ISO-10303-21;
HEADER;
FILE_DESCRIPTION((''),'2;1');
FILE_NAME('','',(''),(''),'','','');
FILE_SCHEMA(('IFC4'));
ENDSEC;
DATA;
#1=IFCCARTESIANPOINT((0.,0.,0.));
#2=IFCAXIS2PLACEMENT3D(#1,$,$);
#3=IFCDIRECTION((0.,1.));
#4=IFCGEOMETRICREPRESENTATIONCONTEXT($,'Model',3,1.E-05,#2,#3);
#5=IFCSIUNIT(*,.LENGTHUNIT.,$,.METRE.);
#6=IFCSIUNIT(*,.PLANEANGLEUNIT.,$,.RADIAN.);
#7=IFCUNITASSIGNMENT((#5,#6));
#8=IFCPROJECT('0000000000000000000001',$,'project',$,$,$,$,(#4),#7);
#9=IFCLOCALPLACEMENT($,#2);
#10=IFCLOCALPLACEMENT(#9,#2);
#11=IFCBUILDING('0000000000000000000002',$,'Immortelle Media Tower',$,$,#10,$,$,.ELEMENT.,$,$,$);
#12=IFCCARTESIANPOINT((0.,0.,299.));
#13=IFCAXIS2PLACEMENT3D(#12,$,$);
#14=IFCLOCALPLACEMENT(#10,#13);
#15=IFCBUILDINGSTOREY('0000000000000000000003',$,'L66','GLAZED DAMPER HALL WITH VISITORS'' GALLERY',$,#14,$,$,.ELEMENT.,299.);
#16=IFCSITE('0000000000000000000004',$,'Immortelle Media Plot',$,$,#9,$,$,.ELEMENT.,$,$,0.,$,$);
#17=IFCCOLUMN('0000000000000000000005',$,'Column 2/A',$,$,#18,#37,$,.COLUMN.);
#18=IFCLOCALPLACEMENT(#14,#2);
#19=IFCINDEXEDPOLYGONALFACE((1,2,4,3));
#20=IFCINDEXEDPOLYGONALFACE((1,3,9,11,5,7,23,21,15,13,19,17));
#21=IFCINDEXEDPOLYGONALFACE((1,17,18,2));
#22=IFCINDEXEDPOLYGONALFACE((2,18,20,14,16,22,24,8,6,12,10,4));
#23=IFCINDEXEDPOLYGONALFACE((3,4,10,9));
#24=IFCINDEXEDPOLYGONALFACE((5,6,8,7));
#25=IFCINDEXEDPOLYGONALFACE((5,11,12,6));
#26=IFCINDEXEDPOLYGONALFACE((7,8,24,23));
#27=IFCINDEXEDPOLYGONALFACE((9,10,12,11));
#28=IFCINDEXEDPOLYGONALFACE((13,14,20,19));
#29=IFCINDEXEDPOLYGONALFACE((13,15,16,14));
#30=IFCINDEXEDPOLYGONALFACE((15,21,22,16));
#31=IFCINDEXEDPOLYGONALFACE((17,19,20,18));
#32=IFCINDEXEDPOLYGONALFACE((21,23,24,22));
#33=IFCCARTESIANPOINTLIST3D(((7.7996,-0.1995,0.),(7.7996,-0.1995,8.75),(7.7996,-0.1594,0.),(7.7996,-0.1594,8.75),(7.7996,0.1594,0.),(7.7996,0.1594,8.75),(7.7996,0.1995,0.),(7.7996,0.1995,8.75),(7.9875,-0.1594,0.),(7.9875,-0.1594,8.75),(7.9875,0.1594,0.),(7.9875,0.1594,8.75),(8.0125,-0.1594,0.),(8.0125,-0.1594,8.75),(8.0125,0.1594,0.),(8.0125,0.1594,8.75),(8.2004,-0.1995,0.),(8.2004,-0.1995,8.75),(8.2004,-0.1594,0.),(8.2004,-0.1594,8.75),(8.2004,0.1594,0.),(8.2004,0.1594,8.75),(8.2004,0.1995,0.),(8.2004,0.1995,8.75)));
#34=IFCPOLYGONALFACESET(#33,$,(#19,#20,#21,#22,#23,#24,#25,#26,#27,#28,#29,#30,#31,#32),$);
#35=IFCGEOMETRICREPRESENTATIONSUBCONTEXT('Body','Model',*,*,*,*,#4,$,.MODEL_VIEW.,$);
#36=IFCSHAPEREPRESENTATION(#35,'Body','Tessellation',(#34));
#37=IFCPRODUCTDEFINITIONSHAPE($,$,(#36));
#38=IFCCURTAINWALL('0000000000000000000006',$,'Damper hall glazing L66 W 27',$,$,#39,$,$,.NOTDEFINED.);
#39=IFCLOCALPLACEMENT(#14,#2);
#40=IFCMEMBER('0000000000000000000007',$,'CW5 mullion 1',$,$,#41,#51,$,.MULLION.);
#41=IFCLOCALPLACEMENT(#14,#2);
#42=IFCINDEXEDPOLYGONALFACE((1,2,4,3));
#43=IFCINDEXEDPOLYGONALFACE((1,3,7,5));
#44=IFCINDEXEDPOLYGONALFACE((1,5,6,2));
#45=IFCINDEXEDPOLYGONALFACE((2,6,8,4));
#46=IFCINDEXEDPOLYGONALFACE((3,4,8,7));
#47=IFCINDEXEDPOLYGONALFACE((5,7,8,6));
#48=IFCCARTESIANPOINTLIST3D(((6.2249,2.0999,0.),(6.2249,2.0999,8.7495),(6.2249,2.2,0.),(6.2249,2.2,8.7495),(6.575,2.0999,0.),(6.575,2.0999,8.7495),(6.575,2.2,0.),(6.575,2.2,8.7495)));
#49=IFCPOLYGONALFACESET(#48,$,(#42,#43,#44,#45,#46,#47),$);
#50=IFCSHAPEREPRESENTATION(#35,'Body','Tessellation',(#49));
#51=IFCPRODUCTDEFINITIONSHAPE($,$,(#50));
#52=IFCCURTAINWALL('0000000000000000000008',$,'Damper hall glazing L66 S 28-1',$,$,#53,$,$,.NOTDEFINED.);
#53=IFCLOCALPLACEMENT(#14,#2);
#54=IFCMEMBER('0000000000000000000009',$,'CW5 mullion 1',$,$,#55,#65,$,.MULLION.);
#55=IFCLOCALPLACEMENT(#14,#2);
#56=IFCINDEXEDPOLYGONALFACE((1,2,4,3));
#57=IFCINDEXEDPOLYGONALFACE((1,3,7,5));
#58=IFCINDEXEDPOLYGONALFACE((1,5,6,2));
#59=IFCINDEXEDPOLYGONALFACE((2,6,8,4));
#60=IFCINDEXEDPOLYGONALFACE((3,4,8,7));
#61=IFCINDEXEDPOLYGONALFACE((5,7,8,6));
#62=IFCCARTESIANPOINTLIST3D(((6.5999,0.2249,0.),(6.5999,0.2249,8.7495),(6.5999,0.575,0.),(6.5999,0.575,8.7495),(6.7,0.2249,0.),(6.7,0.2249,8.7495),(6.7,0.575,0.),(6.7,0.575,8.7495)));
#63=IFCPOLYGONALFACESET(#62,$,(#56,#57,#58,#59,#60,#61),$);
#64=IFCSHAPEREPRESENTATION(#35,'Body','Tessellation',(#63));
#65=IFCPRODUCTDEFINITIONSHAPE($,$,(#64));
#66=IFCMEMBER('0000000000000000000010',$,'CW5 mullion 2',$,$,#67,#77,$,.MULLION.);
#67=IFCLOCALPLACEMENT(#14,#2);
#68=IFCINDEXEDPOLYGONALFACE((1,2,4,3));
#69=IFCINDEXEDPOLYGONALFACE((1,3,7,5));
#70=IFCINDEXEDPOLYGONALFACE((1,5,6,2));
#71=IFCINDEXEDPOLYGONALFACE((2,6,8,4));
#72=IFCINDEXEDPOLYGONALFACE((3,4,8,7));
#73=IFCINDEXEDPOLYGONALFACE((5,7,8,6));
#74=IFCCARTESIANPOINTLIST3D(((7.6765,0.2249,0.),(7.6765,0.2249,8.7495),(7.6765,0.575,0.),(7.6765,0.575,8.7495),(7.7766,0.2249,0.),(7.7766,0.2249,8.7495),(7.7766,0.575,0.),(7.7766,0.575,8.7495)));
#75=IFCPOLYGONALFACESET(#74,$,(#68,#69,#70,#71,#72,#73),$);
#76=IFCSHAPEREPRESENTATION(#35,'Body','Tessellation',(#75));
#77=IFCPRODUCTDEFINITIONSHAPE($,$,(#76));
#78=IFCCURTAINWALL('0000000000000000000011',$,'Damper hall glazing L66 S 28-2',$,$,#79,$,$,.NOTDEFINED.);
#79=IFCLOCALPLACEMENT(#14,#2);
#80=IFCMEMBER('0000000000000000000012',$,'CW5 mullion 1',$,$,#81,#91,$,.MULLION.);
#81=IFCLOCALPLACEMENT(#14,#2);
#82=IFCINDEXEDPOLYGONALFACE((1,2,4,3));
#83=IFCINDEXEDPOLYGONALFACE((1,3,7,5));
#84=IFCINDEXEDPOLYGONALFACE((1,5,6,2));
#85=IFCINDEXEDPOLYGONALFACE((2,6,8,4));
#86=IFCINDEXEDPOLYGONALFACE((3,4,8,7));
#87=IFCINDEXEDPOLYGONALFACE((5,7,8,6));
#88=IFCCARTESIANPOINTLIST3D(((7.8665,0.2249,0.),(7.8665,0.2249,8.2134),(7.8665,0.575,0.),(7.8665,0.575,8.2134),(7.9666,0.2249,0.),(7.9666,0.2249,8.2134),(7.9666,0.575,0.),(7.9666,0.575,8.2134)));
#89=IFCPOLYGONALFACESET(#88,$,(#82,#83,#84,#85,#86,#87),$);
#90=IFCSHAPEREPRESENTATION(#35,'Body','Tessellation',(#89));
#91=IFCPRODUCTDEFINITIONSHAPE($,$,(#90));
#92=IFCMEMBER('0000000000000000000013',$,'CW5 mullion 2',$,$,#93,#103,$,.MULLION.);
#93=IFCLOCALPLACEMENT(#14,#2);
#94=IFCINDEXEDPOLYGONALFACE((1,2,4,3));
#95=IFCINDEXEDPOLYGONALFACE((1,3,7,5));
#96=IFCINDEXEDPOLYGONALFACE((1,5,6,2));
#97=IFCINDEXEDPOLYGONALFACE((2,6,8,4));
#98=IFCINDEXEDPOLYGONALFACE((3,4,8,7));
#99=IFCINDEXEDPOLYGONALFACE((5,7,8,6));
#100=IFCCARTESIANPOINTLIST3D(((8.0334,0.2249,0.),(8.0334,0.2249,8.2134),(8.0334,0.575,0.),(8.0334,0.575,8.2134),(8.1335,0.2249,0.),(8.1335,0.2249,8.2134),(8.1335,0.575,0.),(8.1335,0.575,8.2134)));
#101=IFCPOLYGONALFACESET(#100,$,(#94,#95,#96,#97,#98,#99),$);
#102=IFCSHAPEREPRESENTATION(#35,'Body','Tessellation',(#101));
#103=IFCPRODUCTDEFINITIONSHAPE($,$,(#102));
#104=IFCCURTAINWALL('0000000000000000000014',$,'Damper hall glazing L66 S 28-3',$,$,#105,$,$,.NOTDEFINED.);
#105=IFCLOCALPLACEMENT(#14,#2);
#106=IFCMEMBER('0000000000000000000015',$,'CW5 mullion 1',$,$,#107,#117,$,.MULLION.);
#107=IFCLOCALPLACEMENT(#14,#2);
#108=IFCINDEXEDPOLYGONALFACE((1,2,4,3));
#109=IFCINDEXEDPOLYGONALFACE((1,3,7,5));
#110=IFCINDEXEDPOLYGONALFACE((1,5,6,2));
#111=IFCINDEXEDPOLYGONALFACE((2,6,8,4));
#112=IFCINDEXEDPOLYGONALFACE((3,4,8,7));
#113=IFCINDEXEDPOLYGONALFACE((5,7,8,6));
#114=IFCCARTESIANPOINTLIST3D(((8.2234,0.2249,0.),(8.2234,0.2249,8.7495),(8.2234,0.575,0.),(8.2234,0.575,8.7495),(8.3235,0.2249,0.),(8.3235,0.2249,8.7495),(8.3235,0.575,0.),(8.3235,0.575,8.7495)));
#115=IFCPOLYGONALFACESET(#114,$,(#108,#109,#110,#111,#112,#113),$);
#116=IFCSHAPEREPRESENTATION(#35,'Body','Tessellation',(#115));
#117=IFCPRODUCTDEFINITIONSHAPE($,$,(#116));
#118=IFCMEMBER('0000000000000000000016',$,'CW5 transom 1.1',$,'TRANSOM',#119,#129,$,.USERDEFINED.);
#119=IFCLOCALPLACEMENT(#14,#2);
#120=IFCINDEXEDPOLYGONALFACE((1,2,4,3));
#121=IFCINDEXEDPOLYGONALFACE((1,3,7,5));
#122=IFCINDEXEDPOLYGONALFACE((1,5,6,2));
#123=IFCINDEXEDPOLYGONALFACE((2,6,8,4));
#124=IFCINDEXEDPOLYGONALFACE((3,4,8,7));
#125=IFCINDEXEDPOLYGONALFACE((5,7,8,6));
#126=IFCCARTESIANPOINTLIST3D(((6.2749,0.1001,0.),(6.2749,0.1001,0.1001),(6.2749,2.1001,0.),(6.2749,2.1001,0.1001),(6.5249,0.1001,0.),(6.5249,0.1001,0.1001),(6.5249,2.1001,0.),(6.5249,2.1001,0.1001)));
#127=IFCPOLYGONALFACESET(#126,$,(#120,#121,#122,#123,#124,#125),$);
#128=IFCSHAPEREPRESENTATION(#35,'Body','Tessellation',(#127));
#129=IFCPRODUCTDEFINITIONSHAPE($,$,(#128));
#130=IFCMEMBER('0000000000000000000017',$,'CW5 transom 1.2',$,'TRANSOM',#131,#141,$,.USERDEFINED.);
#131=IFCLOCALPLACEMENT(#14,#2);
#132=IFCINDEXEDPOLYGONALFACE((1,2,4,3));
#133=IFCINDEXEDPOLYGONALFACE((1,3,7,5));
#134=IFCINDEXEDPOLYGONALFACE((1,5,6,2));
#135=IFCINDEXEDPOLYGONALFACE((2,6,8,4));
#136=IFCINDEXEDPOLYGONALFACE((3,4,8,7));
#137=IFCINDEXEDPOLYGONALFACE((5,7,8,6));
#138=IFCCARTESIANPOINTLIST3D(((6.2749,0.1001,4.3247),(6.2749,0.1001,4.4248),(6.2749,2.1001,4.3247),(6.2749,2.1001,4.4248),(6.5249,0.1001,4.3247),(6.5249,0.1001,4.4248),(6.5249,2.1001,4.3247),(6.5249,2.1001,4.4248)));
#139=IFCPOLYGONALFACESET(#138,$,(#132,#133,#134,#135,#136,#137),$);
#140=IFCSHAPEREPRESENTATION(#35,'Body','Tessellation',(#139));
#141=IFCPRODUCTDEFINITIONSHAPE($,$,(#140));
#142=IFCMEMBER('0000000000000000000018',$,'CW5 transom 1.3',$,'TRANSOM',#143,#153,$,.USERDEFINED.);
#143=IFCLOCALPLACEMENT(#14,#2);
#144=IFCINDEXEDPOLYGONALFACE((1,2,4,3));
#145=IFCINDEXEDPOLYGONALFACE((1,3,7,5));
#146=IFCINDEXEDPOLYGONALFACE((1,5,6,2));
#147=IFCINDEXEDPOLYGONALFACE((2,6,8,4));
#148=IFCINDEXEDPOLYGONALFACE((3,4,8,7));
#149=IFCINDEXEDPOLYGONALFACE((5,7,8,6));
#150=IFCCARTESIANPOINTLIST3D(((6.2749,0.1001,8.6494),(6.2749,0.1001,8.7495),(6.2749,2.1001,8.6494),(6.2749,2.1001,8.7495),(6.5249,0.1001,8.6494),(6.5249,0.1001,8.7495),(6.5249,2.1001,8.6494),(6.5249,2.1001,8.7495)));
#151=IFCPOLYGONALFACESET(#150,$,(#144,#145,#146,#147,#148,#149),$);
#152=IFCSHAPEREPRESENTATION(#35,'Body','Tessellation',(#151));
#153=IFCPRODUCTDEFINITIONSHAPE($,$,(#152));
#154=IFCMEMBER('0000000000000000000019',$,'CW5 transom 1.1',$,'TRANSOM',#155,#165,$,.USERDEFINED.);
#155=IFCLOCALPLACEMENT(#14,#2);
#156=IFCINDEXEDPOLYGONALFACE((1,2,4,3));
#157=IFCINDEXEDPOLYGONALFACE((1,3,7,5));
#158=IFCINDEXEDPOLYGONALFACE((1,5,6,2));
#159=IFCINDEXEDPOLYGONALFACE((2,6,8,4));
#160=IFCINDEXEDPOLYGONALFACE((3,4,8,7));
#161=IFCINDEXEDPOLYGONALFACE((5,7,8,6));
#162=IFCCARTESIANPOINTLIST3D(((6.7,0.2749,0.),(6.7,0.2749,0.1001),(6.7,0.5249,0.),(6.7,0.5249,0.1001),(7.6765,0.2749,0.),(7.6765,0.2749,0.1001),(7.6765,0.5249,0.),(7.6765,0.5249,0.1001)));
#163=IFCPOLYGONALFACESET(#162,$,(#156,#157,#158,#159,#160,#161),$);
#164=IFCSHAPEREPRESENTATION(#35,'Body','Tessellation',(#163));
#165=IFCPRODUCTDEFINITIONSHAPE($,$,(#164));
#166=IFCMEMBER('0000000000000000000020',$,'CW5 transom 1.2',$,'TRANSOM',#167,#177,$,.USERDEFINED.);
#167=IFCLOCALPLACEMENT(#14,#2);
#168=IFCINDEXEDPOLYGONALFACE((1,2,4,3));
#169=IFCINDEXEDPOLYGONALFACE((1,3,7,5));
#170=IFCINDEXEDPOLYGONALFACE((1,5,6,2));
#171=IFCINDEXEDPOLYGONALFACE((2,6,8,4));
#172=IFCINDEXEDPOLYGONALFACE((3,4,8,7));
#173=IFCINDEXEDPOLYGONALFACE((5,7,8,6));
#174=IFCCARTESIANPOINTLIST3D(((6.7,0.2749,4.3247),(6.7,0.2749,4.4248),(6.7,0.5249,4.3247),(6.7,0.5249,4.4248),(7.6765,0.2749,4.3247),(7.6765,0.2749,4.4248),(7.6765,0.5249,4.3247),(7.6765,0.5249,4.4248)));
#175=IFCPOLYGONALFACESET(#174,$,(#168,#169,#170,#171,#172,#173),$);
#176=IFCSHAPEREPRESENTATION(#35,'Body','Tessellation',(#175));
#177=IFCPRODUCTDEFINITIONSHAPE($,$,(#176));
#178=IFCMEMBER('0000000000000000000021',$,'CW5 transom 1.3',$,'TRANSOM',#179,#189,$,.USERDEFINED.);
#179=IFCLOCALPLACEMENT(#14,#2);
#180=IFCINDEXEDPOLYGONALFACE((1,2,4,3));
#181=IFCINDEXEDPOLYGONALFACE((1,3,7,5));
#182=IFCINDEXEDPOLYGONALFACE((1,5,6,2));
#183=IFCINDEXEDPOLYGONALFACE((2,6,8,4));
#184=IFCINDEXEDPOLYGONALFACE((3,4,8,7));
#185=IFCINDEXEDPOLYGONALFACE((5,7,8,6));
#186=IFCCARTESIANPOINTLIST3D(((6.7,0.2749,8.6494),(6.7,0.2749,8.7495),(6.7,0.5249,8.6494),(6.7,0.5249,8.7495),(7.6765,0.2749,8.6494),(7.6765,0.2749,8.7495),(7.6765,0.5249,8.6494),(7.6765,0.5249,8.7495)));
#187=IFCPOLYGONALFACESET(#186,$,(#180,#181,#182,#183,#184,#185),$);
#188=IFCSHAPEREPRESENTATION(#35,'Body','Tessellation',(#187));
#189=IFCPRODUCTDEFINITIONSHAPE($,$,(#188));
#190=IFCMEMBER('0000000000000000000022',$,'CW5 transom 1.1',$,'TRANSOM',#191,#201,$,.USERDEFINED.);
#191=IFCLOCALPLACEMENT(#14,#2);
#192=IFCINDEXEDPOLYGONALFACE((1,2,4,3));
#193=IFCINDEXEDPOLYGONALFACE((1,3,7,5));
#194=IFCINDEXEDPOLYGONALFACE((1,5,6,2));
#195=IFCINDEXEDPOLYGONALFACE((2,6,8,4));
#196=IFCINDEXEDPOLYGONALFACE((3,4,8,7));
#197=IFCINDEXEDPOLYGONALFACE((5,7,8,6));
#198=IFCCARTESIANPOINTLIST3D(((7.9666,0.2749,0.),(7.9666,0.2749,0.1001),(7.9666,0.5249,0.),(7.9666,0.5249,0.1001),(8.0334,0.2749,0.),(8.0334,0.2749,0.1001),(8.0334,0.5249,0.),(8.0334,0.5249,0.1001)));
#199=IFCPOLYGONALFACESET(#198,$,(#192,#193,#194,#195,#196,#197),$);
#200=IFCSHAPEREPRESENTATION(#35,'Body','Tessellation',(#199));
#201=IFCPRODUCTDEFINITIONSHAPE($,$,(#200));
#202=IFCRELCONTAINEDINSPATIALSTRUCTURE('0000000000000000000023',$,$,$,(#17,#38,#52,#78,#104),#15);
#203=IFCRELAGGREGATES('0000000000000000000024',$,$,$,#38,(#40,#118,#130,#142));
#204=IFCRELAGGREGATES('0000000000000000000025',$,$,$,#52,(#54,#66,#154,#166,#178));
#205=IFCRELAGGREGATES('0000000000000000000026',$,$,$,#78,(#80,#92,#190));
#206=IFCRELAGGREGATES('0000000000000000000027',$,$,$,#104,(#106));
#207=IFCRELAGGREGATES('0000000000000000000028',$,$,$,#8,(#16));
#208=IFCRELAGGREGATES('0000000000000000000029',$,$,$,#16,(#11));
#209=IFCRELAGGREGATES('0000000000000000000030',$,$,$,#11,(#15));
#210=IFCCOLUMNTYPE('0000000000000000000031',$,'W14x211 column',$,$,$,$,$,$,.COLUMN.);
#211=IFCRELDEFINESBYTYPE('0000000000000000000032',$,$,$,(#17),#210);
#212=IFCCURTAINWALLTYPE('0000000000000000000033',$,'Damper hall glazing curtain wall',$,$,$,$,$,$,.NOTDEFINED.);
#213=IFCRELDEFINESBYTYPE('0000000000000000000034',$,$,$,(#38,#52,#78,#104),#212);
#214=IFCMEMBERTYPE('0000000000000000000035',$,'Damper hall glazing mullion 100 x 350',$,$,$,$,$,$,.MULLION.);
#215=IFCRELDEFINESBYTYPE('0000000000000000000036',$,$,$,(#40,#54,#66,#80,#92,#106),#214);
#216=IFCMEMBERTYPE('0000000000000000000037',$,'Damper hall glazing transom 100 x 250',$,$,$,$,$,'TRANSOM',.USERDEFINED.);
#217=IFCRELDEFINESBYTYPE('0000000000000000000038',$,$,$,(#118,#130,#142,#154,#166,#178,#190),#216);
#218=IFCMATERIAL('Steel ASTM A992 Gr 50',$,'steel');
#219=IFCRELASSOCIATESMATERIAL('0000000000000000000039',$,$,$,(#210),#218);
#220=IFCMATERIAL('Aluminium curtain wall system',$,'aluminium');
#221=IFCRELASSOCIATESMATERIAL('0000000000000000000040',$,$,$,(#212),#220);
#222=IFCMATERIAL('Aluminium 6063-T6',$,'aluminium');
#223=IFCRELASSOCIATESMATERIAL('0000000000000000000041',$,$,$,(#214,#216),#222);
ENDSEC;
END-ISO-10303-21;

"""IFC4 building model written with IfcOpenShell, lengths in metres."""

from ifc_helpers import new_model, si_unit, direction, frame, origin, origin_2d, place, context, subcontext, project, spatial, rectangle, i_section, extrude, material, material_profile, profile_set, type_object, element, aggregate, save


model = new_model("IFC4")

# Units and contexts
model_context = context("Model", 3, precision=1e-05, world=origin(), true_north=direction((0.0, 1.0)))
body_context = subcontext(model_context, "Body", "Model", "MODEL_VIEW")
ifc_project = project(units=[si_unit("LENGTHUNIT", "METRE"), si_unit("PLANEANGLEUNIT", "RADIAN")], contexts=[model_context])

# Site, building, storey
site_placement = place(None, origin())
site = spatial("IfcSite", under=ifc_project, at=site_placement, Name="Immortelle Media Plot", CompositionType="ELEMENT", RefElevation=0.0)
building_placement = place(site_placement, origin())
building = spatial("IfcBuilding", under=site, at=building_placement, Name="Immortelle Media Tower", CompositionType="ELEMENT")
storey_placement = place(building_placement, frame((0.0, 0.0, 299.0)))
storey = spatial("IfcBuildingStorey", under=building, at=storey_placement, Name="L66", Description="GLAZED DAMPER HALL WITH VISITORS' GALLERY", CompositionType="ELEMENT", Elevation=299.0)

# Column
ifc_material_1 = material(Name="Steel ASTM A992 Gr 50", Category="steel")
ifc_material_profile_1 = material_profile(ifc_material_1, i_section(OverallWidth=0.4009, OverallDepth=0.3989, WebThickness=0.0249, FlangeThickness=0.04, at=origin_2d()), Name="W14x211")
ifc_profile_set_1 = profile_set([ifc_material_profile_1], Name="Steel ASTM A992 Gr 50")
column_type = type_object("IfcColumnType", Name="W14x211 column", PredefinedType="COLUMN", material=ifc_profile_set_1)
column_placement = place(storey_placement, frame((8.0, 0.0, 0.0), z_axis=(0.0, 0.0, 1.0), x_axis=(1.0, 0.0, 0.0)))
element("IfcColumn", 1, at=column_placement, inside=storey, type_object=column_type, Name="Column 2/A", PredefinedType="COLUMN", context=body_context, shape_type="SweptSolid", body=[
    extrude(i_section(OverallWidth=0.4009, OverallDepth=0.3989, WebThickness=0.0249, FlangeThickness=0.04, at=origin_2d()), origin(), (0.0, 0.0, 1.0), 8.75),
])

# Curtain wall, member
ifc_material_2 = material(Name="Aluminium curtain wall system", Category="aluminium")
curtain_wall_type = type_object("IfcCurtainWallType", Name="Damper hall glazing curtain wall", PredefinedType="NOTDEFINED", material=ifc_material_2)
curtain_wall_1_placement = place(storey_placement, origin())
curtain_wall_1 = element("IfcCurtainWall", 2, at=curtain_wall_1_placement, inside=storey, type_object=curtain_wall_type, Name="Damper hall glazing L66 W 27", PredefinedType="NOTDEFINED")
ifc_material_3 = material(Name="Aluminium 6063-T6", Category="aluminium")
ifc_material_profile_2 = material_profile(ifc_material_3, rectangle(XDim=0.3501, YDim=0.1001, at=origin_2d()), Name="AL 100x350")
ifc_profile_set_2 = profile_set([ifc_material_profile_2], Name="Aluminium 6063-T6")
member_type_1 = type_object("IfcMemberType", Name="Damper hall glazing mullion 100 x 350", PredefinedType="MULLION", material=ifc_profile_set_2)
member_1_placement = place(storey_placement, frame((6.3999, 2.1499, 0.0), z_axis=(0.0, 0.0, 1.0), x_axis=(1.0, 0.0, 0.0)))
member_1 = element("IfcMember", 3, at=member_1_placement, type_object=member_type_1, Name="CW5 mullion 1", PredefinedType="MULLION", context=body_context, shape_type="SweptSolid", body=[
    extrude(rectangle(XDim=0.3501, YDim=0.1001, at=origin_2d()), origin(), (0.0, 0.0, 1.0), 8.7495),
])

# Curtain walls, members
curtain_wall_2_placement = place(storey_placement, origin())
curtain_wall_2 = element("IfcCurtainWall", 4, at=curtain_wall_2_placement, inside=storey, type_object=curtain_wall_type, Name="Damper hall glazing L66 S 28-1", PredefinedType="NOTDEFINED")
member_2_placement = place(storey_placement, frame((6.6499, 0.3999, 0.0), z_axis=(0.0, 0.0, 1.0), x_axis=(0.0, 1.0, 0.0)))
member_2 = element("IfcMember", 5, at=member_2_placement, type_object=member_type_1, Name="CW5 mullion 1", PredefinedType="MULLION", context=body_context, shape_type="SweptSolid", body=[
    extrude(rectangle(XDim=0.3501, YDim=0.1001, at=origin_2d()), origin(), (0.0, 0.0, 1.0), 8.7495),
])
member_3_placement = place(storey_placement, frame((7.7266, 0.3999, 0.0), z_axis=(0.0, 0.0, 1.0), x_axis=(0.0, 1.0, 0.0)))
member_3 = element("IfcMember", 6, at=member_3_placement, type_object=member_type_1, Name="CW5 mullion 2", PredefinedType="MULLION", context=body_context, shape_type="SweptSolid", body=[
    extrude(rectangle(XDim=0.3501, YDim=0.1001, at=origin_2d()), origin(), (0.0, 0.0, 1.0), 8.7495),
])
curtain_wall_3_placement = place(storey_placement, origin())
curtain_wall_3 = element("IfcCurtainWall", 7, at=curtain_wall_3_placement, inside=storey, type_object=curtain_wall_type, Name="Damper hall glazing L66 S 28-2", PredefinedType="NOTDEFINED")
member_4_placement = place(storey_placement, frame((7.9165, 0.3999, 0.0), z_axis=(0.0, 0.0, 1.0), x_axis=(0.0, 1.0, 0.0)))
member_4 = element("IfcMember", 8, at=member_4_placement, type_object=member_type_1, Name="CW5 mullion 1", PredefinedType="MULLION", context=body_context, shape_type="SweptSolid", body=[
    extrude(rectangle(XDim=0.3501, YDim=0.1001, at=origin_2d()), origin(), (0.0, 0.0, 1.0), 8.2134),
])
member_5_placement = place(storey_placement, frame((8.0835, 0.3999, 0.0), z_axis=(0.0, 0.0, 1.0), x_axis=(0.0, 1.0, 0.0)))
member_5 = element("IfcMember", 9, at=member_5_placement, type_object=member_type_1, Name="CW5 mullion 2", PredefinedType="MULLION", context=body_context, shape_type="SweptSolid", body=[
    extrude(rectangle(XDim=0.3501, YDim=0.1001, at=origin_2d()), origin(), (0.0, 0.0, 1.0), 8.2134),
])

# Curtain wall, member
curtain_wall_4_placement = place(storey_placement, origin())
curtain_wall_4 = element("IfcCurtainWall", 10, at=curtain_wall_4_placement, inside=storey, type_object=curtain_wall_type, Name="Damper hall glazing L66 S 28-3", PredefinedType="NOTDEFINED")
member_6_placement = place(storey_placement, frame((8.2734, 0.3999, 0.0), z_axis=(0.0, 0.0, 1.0), x_axis=(0.0, 1.0, 0.0)))
member_6 = element("IfcMember", 11, at=member_6_placement, type_object=member_type_1, Name="CW5 mullion 1", PredefinedType="MULLION", context=body_context, shape_type="SweptSolid", body=[
    extrude(rectangle(XDim=0.3501, YDim=0.1001, at=origin_2d()), origin(), (0.0, 0.0, 1.0), 8.7495),
])

# Members
ifc_material_profile_3 = material_profile(ifc_material_3, rectangle(XDim=0.25, YDim=0.1001, at=origin_2d()), Name="AL 100x250")
ifc_profile_set_3 = profile_set([ifc_material_profile_3], Name="Aluminium 6063-T6")
member_type_2 = type_object("IfcMemberType", Name="Damper hall glazing transom 100 x 250", ElementType="TRANSOM", PredefinedType="USERDEFINED", material=ifc_profile_set_3)
member_7_placement = place(storey_placement, frame((6.3999, 2.1001, 0.05), z_axis=(0.0, -1.0, 0.0), x_axis=(1.0, 0.0, 0.0)))
member_7 = element("IfcMember", 12, at=member_7_placement, type_object=member_type_2, Name="CW5 transom 1.1", ObjectType="TRANSOM", PredefinedType="USERDEFINED", context=body_context, shape_type="SweptSolid", body=[
    extrude(rectangle(XDim=0.25, YDim=0.1001, at=origin_2d()), origin(), (0.0, 0.0, 1.0), 2.0),
])
member_8_placement = place(storey_placement, frame((6.3999, 2.1001, 4.3748), z_axis=(0.0, -1.0, 0.0), x_axis=(1.0, 0.0, 0.0)))
member_8 = element("IfcMember", 13, at=member_8_placement, type_object=member_type_2, Name="CW5 transom 1.2", ObjectType="TRANSOM", PredefinedType="USERDEFINED", context=body_context, shape_type="SweptSolid", body=[
    extrude(rectangle(XDim=0.25, YDim=0.1001, at=origin_2d()), origin(), (0.0, 0.0, 1.0), 2.0),
])
member_9_placement = place(storey_placement, frame((6.3999, 2.1001, 8.6995), z_axis=(0.0, -1.0, 0.0), x_axis=(1.0, 0.0, 0.0)))
member_9 = element("IfcMember", 14, at=member_9_placement, type_object=member_type_2, Name="CW5 transom 1.3", ObjectType="TRANSOM", PredefinedType="USERDEFINED", context=body_context, shape_type="SweptSolid", body=[
    extrude(rectangle(XDim=0.25, YDim=0.1001, at=origin_2d()), origin(), (0.0, 0.0, 1.0), 2.0),
])
member_10_placement = place(storey_placement, frame((6.7, 0.3999, 0.05), z_axis=(1.0, 0.0, 0.0), x_axis=(0.0, 1.0, 0.0)))
member_10 = element("IfcMember", 15, at=member_10_placement, type_object=member_type_2, Name="CW5 transom 1.1", ObjectType="TRANSOM", PredefinedType="USERDEFINED", context=body_context, shape_type="SweptSolid", body=[
    extrude(rectangle(XDim=0.25, YDim=0.1001, at=origin_2d()), origin(), (0.0, 0.0, 1.0), 0.9766),
])
member_11_placement = place(storey_placement, frame((6.7, 0.3999, 4.3748), z_axis=(1.0, 0.0, 0.0), x_axis=(0.0, 1.0, 0.0)))
member_11 = element("IfcMember", 16, at=member_11_placement, type_object=member_type_2, Name="CW5 transom 1.2", ObjectType="TRANSOM", PredefinedType="USERDEFINED", context=body_context, shape_type="SweptSolid", body=[
    extrude(rectangle(XDim=0.25, YDim=0.1001, at=origin_2d()), origin(), (0.0, 0.0, 1.0), 0.9766),
])
member_12_placement = place(storey_placement, frame((6.7, 0.3999, 8.6995), z_axis=(1.0, 0.0, 0.0), x_axis=(0.0, 1.0, 0.0)))
member_12 = element("IfcMember", 17, at=member_12_placement, type_object=member_type_2, Name="CW5 transom 1.3", ObjectType="TRANSOM", PredefinedType="USERDEFINED", context=body_context, shape_type="SweptSolid", body=[
    extrude(rectangle(XDim=0.25, YDim=0.1001, at=origin_2d()), origin(), (0.0, 0.0, 1.0), 0.9766),
])
member_13_placement = place(storey_placement, frame((7.9666, 0.3999, 0.05), z_axis=(1.0, 0.0, 0.0), x_axis=(0.0, 1.0, 0.0)))
member_13 = element("IfcMember", 18, at=member_13_placement, type_object=member_type_2, Name="CW5 transom 1.1", ObjectType="TRANSOM", PredefinedType="USERDEFINED", context=body_context, shape_type="SweptSolid", body=[
    extrude(rectangle(XDim=0.25, YDim=0.1001, at=origin_2d()), origin(), (0.0, 0.0, 1.0), 0.0669),
])

aggregate(curtain_wall_1, [member_1, member_7, member_8, member_9])
aggregate(curtain_wall_2, [member_2, member_3, member_10, member_11, member_12])
aggregate(curtain_wall_3, [member_4, member_5, member_13])
aggregate(curtain_wall_4, [member_6])

save(model, "model.ifc")
